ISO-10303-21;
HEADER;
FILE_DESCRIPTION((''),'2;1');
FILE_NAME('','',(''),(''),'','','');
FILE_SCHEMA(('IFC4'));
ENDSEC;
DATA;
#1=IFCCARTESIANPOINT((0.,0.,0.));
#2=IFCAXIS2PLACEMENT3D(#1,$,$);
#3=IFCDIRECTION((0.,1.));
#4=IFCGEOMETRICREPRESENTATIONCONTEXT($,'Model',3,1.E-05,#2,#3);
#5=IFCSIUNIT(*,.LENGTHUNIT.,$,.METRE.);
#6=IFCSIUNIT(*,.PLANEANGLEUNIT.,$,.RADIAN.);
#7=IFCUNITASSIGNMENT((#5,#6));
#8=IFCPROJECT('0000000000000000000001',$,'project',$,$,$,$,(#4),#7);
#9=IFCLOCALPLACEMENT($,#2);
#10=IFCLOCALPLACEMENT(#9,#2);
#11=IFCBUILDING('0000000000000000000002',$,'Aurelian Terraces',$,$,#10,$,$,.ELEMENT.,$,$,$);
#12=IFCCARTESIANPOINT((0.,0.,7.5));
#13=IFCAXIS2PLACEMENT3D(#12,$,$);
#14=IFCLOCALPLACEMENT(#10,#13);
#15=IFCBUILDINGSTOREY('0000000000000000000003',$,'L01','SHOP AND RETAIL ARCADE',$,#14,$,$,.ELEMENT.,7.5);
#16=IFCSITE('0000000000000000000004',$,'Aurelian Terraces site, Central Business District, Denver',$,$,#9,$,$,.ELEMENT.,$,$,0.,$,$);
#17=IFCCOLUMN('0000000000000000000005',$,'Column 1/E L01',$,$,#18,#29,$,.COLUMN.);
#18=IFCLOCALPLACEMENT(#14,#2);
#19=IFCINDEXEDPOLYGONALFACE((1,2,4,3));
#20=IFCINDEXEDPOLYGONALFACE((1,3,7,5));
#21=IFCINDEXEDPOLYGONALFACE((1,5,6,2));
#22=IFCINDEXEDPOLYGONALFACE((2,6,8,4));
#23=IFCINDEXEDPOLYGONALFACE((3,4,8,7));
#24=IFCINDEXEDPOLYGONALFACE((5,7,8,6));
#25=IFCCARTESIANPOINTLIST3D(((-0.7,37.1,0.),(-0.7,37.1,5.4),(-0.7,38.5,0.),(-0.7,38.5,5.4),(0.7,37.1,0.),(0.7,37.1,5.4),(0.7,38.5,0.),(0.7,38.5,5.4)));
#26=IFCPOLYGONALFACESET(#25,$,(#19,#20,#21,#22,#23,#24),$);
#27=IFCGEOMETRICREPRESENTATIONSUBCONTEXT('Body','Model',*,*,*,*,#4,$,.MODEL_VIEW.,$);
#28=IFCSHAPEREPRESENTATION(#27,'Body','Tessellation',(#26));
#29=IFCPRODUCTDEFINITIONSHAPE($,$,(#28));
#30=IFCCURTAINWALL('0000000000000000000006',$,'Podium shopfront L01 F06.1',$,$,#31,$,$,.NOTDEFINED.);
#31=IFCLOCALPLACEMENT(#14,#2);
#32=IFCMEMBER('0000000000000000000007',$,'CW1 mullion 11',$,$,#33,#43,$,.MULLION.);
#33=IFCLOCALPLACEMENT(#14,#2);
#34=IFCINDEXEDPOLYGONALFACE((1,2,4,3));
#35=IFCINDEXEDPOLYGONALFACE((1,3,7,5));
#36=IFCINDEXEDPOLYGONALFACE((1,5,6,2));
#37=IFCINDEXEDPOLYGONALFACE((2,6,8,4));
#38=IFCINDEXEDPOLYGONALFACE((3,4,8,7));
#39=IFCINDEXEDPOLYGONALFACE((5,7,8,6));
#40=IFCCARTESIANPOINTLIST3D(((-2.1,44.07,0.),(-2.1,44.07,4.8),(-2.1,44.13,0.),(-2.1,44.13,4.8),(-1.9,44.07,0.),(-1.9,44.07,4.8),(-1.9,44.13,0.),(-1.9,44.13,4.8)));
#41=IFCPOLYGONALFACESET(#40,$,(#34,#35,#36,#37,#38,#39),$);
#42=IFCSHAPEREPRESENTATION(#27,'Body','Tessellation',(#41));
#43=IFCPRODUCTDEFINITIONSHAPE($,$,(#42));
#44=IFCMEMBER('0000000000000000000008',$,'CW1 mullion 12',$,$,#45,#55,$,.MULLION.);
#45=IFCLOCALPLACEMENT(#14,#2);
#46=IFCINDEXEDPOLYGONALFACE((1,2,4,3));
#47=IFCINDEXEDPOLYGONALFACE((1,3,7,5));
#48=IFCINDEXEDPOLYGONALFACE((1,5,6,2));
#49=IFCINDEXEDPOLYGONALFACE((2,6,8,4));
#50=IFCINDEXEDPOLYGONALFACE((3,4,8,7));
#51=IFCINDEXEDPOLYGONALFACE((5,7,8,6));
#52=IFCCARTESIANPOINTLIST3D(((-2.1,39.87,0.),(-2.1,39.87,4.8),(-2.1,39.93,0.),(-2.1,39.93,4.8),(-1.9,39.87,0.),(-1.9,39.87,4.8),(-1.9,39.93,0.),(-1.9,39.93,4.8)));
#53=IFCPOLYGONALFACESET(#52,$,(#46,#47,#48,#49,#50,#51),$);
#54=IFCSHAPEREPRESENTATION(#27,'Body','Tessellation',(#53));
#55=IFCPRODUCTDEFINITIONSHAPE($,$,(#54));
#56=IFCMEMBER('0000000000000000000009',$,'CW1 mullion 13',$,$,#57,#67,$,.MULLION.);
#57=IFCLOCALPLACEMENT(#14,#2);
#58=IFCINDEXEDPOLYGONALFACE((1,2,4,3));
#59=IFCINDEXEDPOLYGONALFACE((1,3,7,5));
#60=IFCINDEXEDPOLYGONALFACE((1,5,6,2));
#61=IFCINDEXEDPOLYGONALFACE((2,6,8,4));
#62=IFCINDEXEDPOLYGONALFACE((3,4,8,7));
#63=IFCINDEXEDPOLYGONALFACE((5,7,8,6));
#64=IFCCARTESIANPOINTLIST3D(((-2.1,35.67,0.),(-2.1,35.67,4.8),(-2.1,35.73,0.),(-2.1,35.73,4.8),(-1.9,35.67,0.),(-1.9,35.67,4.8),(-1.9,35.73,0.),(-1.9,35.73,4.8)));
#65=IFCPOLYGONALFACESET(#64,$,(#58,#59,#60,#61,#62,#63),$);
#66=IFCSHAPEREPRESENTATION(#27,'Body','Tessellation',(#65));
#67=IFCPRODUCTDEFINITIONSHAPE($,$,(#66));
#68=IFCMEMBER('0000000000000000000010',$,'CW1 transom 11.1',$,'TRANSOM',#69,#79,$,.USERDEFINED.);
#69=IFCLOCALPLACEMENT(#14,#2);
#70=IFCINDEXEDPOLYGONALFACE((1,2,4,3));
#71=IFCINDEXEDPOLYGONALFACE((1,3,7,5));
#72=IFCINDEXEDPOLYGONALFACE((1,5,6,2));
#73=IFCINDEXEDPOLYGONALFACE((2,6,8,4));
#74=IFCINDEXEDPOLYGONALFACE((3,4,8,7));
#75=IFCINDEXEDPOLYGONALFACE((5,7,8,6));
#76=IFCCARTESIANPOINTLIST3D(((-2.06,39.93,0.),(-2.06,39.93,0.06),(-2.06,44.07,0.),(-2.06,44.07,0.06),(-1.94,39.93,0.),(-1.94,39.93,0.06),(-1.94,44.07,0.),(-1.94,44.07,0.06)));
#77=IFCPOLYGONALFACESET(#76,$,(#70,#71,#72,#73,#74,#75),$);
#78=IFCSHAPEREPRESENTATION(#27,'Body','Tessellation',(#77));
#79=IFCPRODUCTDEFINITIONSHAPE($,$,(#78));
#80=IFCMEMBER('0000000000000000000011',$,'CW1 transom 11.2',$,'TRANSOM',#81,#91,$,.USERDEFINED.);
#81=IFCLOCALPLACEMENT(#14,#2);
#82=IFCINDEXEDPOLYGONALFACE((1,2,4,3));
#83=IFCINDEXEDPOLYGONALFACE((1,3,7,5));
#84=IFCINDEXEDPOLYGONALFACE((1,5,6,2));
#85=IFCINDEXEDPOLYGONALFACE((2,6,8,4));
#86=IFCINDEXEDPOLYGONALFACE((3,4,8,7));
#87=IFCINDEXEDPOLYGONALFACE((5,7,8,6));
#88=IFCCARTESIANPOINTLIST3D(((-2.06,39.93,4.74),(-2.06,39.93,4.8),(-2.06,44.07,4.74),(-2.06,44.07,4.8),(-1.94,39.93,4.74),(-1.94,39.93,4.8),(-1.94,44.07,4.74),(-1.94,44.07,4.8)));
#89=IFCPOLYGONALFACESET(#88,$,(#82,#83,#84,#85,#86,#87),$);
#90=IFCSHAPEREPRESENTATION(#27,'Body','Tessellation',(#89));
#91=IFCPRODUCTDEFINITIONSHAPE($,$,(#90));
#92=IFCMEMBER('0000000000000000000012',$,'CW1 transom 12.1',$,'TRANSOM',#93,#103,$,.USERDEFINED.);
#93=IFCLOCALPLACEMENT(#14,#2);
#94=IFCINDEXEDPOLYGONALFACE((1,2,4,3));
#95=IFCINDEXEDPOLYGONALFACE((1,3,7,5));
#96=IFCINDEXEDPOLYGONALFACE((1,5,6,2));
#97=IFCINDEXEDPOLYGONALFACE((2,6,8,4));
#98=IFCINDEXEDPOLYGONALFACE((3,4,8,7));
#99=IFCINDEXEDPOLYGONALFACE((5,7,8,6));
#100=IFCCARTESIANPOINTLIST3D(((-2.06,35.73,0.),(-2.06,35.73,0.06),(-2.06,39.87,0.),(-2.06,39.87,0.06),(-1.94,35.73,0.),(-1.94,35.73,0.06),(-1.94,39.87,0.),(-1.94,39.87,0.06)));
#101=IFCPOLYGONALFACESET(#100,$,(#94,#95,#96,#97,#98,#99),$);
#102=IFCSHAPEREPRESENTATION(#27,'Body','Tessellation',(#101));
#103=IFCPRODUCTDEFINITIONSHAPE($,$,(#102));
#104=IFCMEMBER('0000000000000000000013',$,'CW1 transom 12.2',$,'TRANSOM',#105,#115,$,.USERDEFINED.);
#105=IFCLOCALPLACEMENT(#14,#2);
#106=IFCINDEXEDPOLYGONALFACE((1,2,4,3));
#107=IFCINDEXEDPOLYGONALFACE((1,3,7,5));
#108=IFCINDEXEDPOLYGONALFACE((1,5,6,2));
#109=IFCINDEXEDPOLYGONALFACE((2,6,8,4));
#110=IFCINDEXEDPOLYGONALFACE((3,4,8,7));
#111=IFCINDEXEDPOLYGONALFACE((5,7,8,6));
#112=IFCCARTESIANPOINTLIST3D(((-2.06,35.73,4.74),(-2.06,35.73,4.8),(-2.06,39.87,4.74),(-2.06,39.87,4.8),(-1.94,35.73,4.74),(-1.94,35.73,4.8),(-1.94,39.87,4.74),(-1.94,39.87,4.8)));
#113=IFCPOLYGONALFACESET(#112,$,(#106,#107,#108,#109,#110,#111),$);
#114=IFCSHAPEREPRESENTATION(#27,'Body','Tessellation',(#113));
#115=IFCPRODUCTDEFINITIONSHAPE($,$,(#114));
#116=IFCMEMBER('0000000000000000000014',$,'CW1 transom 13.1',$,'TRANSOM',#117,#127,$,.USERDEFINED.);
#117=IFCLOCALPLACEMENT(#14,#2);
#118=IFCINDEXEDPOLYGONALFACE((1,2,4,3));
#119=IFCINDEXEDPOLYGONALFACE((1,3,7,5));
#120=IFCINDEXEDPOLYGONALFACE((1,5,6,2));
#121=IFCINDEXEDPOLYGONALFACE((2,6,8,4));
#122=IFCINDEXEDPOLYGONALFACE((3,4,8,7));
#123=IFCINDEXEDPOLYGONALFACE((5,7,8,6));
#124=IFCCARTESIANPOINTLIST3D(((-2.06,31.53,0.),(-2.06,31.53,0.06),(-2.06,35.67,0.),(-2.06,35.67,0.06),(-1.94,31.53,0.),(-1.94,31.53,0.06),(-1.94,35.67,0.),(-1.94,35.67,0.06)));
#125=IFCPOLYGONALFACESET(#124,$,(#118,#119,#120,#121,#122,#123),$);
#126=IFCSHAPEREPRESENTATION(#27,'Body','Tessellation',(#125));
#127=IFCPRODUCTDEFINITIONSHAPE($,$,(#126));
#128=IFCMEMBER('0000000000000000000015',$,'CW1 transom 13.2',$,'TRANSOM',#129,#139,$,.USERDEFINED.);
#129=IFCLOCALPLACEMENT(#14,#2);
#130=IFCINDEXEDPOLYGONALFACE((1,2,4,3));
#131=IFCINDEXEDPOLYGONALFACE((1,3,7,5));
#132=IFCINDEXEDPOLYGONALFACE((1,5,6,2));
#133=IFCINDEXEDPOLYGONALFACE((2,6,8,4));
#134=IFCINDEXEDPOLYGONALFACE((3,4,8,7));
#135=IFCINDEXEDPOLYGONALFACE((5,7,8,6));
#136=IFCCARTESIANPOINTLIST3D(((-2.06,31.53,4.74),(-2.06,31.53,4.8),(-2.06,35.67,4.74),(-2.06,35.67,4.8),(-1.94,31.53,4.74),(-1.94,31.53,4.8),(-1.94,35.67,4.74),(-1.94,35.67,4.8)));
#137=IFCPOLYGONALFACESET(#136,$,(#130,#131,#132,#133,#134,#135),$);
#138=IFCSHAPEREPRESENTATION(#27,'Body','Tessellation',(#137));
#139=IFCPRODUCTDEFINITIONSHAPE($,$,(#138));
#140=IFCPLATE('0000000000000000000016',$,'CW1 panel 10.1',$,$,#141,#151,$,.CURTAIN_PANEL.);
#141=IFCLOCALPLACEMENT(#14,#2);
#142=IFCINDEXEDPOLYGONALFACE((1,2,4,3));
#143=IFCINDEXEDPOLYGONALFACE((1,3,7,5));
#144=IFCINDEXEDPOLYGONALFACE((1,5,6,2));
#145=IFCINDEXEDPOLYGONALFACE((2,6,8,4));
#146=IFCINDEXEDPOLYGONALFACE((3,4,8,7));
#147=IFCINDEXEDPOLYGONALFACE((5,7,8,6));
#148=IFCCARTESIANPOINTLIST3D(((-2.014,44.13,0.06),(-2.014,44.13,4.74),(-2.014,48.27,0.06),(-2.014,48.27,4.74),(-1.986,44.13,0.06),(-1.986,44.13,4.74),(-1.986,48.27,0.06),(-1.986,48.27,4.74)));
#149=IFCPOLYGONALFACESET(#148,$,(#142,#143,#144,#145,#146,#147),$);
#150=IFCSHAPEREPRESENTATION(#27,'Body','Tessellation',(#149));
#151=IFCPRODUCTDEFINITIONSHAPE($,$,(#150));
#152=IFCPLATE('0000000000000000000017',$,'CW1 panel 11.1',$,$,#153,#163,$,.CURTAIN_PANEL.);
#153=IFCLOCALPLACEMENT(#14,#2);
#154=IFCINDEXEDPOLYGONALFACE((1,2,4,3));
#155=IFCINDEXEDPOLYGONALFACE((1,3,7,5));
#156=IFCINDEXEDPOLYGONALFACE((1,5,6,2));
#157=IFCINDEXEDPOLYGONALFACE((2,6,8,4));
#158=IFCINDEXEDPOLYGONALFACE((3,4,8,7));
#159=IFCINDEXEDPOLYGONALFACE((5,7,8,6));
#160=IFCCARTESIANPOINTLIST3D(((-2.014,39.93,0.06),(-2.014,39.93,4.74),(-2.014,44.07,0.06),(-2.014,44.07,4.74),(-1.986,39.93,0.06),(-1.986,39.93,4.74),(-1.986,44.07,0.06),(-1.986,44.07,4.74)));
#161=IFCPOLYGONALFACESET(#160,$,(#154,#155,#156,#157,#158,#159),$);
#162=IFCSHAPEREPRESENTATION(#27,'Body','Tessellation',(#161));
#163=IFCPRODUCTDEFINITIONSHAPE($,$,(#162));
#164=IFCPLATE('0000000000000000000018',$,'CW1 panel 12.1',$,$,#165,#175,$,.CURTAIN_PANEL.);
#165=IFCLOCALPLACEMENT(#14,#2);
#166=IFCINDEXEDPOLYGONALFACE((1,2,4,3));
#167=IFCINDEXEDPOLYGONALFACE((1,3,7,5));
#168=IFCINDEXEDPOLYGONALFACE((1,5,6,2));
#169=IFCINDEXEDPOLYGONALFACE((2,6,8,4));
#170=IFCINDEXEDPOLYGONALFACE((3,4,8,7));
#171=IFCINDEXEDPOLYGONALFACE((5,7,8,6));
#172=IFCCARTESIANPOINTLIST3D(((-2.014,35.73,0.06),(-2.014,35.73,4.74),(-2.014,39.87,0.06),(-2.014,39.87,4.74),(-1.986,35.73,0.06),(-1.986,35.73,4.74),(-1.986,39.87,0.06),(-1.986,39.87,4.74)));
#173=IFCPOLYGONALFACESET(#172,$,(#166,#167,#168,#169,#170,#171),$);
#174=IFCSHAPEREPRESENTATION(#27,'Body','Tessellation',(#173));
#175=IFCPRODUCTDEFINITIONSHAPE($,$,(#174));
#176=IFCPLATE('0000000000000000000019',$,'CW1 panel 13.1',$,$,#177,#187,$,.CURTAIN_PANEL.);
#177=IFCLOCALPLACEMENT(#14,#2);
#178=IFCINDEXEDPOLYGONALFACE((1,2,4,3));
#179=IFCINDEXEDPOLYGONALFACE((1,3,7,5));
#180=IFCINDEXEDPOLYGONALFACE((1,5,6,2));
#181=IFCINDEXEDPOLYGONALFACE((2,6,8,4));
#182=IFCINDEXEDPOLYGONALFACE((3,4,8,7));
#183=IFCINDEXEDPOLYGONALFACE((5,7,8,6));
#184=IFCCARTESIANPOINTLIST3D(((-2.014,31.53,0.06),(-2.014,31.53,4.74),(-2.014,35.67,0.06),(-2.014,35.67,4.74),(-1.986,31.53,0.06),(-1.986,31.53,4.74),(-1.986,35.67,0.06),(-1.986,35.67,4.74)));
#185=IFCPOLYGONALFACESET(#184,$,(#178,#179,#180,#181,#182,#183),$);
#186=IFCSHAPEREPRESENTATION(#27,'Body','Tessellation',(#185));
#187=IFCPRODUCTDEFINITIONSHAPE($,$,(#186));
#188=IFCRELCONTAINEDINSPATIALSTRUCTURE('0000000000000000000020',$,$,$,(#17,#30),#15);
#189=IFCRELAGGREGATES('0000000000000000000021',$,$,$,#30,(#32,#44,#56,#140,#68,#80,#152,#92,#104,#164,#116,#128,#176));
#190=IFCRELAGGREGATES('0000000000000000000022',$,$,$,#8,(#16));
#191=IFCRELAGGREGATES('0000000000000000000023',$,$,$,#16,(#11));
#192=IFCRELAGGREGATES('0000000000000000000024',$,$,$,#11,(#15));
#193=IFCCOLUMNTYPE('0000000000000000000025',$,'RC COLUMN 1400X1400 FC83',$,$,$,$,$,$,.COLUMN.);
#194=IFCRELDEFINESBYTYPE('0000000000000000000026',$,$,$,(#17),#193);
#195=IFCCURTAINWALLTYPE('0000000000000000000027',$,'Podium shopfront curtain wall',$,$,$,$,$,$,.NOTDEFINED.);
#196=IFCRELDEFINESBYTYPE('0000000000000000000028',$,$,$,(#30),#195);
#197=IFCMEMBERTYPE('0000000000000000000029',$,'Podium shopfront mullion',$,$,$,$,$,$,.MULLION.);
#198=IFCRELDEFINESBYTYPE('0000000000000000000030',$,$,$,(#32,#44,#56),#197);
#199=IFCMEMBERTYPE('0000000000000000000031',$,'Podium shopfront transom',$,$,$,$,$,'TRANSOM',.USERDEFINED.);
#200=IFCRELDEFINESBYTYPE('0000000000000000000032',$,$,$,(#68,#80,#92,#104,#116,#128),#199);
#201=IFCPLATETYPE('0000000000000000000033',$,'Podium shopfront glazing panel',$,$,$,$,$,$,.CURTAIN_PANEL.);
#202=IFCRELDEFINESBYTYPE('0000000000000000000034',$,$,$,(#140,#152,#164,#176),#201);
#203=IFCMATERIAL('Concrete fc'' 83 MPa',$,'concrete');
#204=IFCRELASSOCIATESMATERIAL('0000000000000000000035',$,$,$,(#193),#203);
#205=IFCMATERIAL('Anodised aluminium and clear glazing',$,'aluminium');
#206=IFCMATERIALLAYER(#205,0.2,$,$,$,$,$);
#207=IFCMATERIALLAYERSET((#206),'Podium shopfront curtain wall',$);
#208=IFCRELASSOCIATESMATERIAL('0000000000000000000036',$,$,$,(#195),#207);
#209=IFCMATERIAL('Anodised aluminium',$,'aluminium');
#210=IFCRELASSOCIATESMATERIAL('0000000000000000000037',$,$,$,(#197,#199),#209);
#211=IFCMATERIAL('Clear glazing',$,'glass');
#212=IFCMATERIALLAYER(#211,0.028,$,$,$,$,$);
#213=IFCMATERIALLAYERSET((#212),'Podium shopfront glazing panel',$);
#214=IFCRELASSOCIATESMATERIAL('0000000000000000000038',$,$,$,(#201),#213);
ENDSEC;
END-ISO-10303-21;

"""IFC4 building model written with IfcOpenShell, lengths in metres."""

from ifc_helpers import new_model, si_unit, direction, frame, origin, origin_2d, place, context, subcontext, project, spatial, rectangle, extrude, source, transform, mapped, material, layer, layer_set, material_profile, profile_set, type_object, element, aggregate, save


model = new_model("IFC4")

# Units and contexts
model_context = context("Model", 3, precision=1e-05, world=origin(), true_north=direction((0.0, 1.0)))
body_context = subcontext(model_context, "Body", "Model", "MODEL_VIEW")
ifc_project = project(units=[si_unit("LENGTHUNIT", "METRE"), si_unit("PLANEANGLEUNIT", "RADIAN")], contexts=[model_context])

# Site, building, storey
site_placement = place(None, origin())
site = spatial("IfcSite", under=ifc_project, at=site_placement, Name="Aurelian Terraces site, Central Business District, Denver", CompositionType="ELEMENT", RefElevation=0.0)
building_placement = place(site_placement, origin())
building = spatial("IfcBuilding", under=site, at=building_placement, Name="Aurelian Terraces", CompositionType="ELEMENT")
storey_placement = place(building_placement, frame((0.0, 0.0, 7.5)))
storey = spatial("IfcBuildingStorey", under=building, at=storey_placement, Name="L01", Description="SHOP AND RETAIL ARCADE", CompositionType="ELEMENT", Elevation=7.5)

# Column
ifc_material_1 = material(Name="Concrete fc' 83 MPa", Category="concrete")
ifc_material_profile_1 = material_profile(ifc_material_1, rectangle(XDim=1.4, YDim=1.4, at=origin_2d()))
ifc_profile_set_1 = profile_set([ifc_material_profile_1], Name="Concrete fc' 83 MPa")
column_type = type_object("IfcColumnType", Name="RC COLUMN 1400X1400 FC83", PredefinedType="COLUMN", material=ifc_profile_set_1)
shared_shape_1 = source(origin(), body_context, "Body", "SweptSolid", [
    extrude(rectangle(XDim=1.4, YDim=1.4, at=origin_2d()), origin(), (0.0, 0.0, 1.0), 5.4),
])
column_placement = place(storey_placement, frame((0.0, 37.8, 0.0), z_axis=(0.0, 0.0, 1.0), x_axis=(1.0, 0.0, 0.0)))
element("IfcColumn", 1, at=column_placement, inside=storey, type_object=column_type, Name="Column 1/E L01", PredefinedType="COLUMN", context=body_context, shape_type="MappedRepresentation", body=[
    mapped(shared_shape_1, transform((0.0, 0.0, 0.0), scale=1.0)),
])

# Curtain wall, members, plates
ifc_material_2 = material(Name="Anodised aluminium and clear glazing", Category="aluminium")
ifc_layer_1 = layer(ifc_material_2, 0.2)
ifc_layer_set_1 = layer_set([ifc_layer_1], Name="Podium shopfront curtain wall")
curtain_wall_type = type_object("IfcCurtainWallType", Name="Podium shopfront curtain wall", PredefinedType="NOTDEFINED", material=ifc_layer_set_1)
curtain_wall_placement = place(storey_placement, origin())
curtain_wall = element("IfcCurtainWall", 2, at=curtain_wall_placement, inside=storey, type_object=curtain_wall_type, Name="Podium shopfront L01 F06.1", PredefinedType="NOTDEFINED")
ifc_material_3 = material(Name="Anodised aluminium", Category="aluminium")
ifc_material_profile_2 = material_profile(ifc_material_3, rectangle(XDim=0.2, YDim=0.06, at=origin_2d()))
ifc_profile_set_2 = profile_set([ifc_material_profile_2], Name="Anodised aluminium")
member_type_1 = type_object("IfcMemberType", Name="Podium shopfront mullion", PredefinedType="MULLION", material=ifc_profile_set_2)
shared_shape_2 = source(origin(), body_context, "Body", "SweptSolid", [
    extrude(rectangle(XDim=0.2, YDim=0.06, at=origin_2d()), origin(), (0.0, 0.0, 1.0), 4.8),
])
member_1_placement = place(storey_placement, frame((-2.0, 44.1, 0.0), z_axis=(0.0, 0.0, 1.0), x_axis=(1.0, 0.0, 0.0)))
member_1 = element("IfcMember", 3, at=member_1_placement, type_object=member_type_1, Name="CW1 mullion 11", PredefinedType="MULLION", context=body_context, shape_type="MappedRepresentation", body=[
    mapped(shared_shape_2, transform((0.0, 0.0, 0.0), scale=1.0)),
])
member_2_placement = place(storey_placement, frame((-2.0, 39.9, 0.0), z_axis=(0.0, 0.0, 1.0), x_axis=(1.0, 0.0, 0.0)))
member_2 = element("IfcMember", 4, at=member_2_placement, type_object=member_type_1, Name="CW1 mullion 12", PredefinedType="MULLION", context=body_context, shape_type="MappedRepresentation", body=[
    mapped(shared_shape_2, transform((0.0, 0.0, 0.0), scale=1.0)),
])
member_3_placement = place(storey_placement, frame((-2.0, 35.7, 0.0), z_axis=(0.0, 0.0, 1.0), x_axis=(1.0, 0.0, 0.0)))
member_3 = element("IfcMember", 5, at=member_3_placement, type_object=member_type_1, Name="CW1 mullion 13", PredefinedType="MULLION", context=body_context, shape_type="MappedRepresentation", body=[
    mapped(shared_shape_2, transform((0.0, 0.0, 0.0), scale=1.0)),
])
ifc_material_profile_3 = material_profile(ifc_material_3, rectangle(XDim=0.12, YDim=0.06, at=origin_2d()))
ifc_profile_set_3 = profile_set([ifc_material_profile_3], Name="Anodised aluminium")
member_type_2 = type_object("IfcMemberType", Name="Podium shopfront transom", ElementType="TRANSOM", PredefinedType="USERDEFINED", material=ifc_profile_set_3)
shared_shape_3 = source(origin(), body_context, "Body", "SweptSolid", [
    extrude(rectangle(XDim=0.12, YDim=0.06, at=origin_2d()), origin(), (0.0, 0.0, 1.0), 4.14),
])
member_4_placement = place(storey_placement, frame((-2.0, 44.07, 0.03), z_axis=(0.0, -1.0, 0.0), x_axis=(1.0, 0.0, 0.0)))
member_4 = element("IfcMember", 6, at=member_4_placement, type_object=member_type_2, Name="CW1 transom 11.1", ObjectType="TRANSOM", PredefinedType="USERDEFINED", context=body_context, shape_type="MappedRepresentation", body=[
    mapped(shared_shape_3, transform((0.0, 0.0, 0.0), scale=1.0)),
])
member_5_placement = place(storey_placement, frame((-2.0, 44.07, 4.77), z_axis=(0.0, -1.0, 0.0), x_axis=(1.0, 0.0, 0.0)))
member_5 = element("IfcMember", 7, at=member_5_placement, type_object=member_type_2, Name="CW1 transom 11.2", ObjectType="TRANSOM", PredefinedType="USERDEFINED", context=body_context, shape_type="MappedRepresentation", body=[
    mapped(shared_shape_3, transform((0.0, 0.0, 0.0), scale=1.0)),
])
member_6_placement = place(storey_placement, frame((-2.0, 39.87, 0.03), z_axis=(0.0, -1.0, 0.0), x_axis=(1.0, 0.0, 0.0)))
member_6 = element("IfcMember", 8, at=member_6_placement, type_object=member_type_2, Name="CW1 transom 12.1", ObjectType="TRANSOM", PredefinedType="USERDEFINED", context=body_context, shape_type="MappedRepresentation", body=[
    mapped(shared_shape_3, transform((0.0, 0.0, 0.0), scale=1.0)),
])
member_7_placement = place(storey_placement, frame((-2.0, 39.87, 4.77), z_axis=(0.0, -1.0, 0.0), x_axis=(1.0, 0.0, 0.0)))
member_7 = element("IfcMember", 9, at=member_7_placement, type_object=member_type_2, Name="CW1 transom 12.2", ObjectType="TRANSOM", PredefinedType="USERDEFINED", context=body_context, shape_type="MappedRepresentation", body=[
    mapped(shared_shape_3, transform((0.0, 0.0, 0.0), scale=1.0)),
])
member_8_placement = place(storey_placement, frame((-2.0, 35.67, 0.03), z_axis=(0.0, -1.0, 0.0), x_axis=(1.0, 0.0, 0.0)))
member_8 = element("IfcMember", 10, at=member_8_placement, type_object=member_type_2, Name="CW1 transom 13.1", ObjectType="TRANSOM", PredefinedType="USERDEFINED", context=body_context, shape_type="MappedRepresentation", body=[
    mapped(shared_shape_3, transform((0.0, 0.0, 0.0), scale=1.0)),
])
member_9_placement = place(storey_placement, frame((-2.0, 35.67, 4.77), z_axis=(0.0, -1.0, 0.0), x_axis=(1.0, 0.0, 0.0)))
member_9 = element("IfcMember", 11, at=member_9_placement, type_object=member_type_2, Name="CW1 transom 13.2", ObjectType="TRANSOM", PredefinedType="USERDEFINED", context=body_context, shape_type="MappedRepresentation", body=[
    mapped(shared_shape_3, transform((0.0, 0.0, 0.0), scale=1.0)),
])
ifc_material_4 = material(Name="Clear glazing", Category="glass")
ifc_layer_2 = layer(ifc_material_4, 0.028)
ifc_layer_set_2 = layer_set([ifc_layer_2], Name="Podium shopfront glazing panel")
plate_type = type_object("IfcPlateType", Name="Podium shopfront glazing panel", PredefinedType="CURTAIN_PANEL", material=ifc_layer_set_2)
shared_shape_4 = source(origin(), body_context, "Body", "SweptSolid", [
    extrude(rectangle(XDim=4.14, YDim=0.028, at=origin_2d()), origin(), (0.0, 0.0, 1.0), 4.68),
])
plate_1_placement = place(storey_placement, frame((-2.0, 46.2, 0.06), z_axis=(0.0, 0.0, 1.0), x_axis=(0.0, -1.0, 0.0)))
plate_1 = element("IfcPlate", 12, at=plate_1_placement, type_object=plate_type, Name="CW1 panel 10.1", PredefinedType="CURTAIN_PANEL", context=body_context, shape_type="MappedRepresentation", body=[
    mapped(shared_shape_4, transform((0.0, 0.0, 0.0), scale=1.0)),
])
plate_2_placement = place(storey_placement, frame((-2.0, 42.0, 0.06), z_axis=(0.0, 0.0, 1.0), x_axis=(0.0, -1.0, 0.0)))
plate_2 = element("IfcPlate", 13, at=plate_2_placement, type_object=plate_type, Name="CW1 panel 11.1", PredefinedType="CURTAIN_PANEL", context=body_context, shape_type="MappedRepresentation", body=[
    mapped(shared_shape_4, transform((0.0, 0.0, 0.0), scale=1.0)),
])
plate_3_placement = place(storey_placement, frame((-2.0, 37.8, 0.06), z_axis=(0.0, 0.0, 1.0), x_axis=(0.0, -1.0, 0.0)))
plate_3 = element("IfcPlate", 14, at=plate_3_placement, type_object=plate_type, Name="CW1 panel 12.1", PredefinedType="CURTAIN_PANEL", context=body_context, shape_type="MappedRepresentation", body=[
    mapped(shared_shape_4, transform((0.0, 0.0, 0.0), scale=1.0)),
])
plate_4_placement = place(storey_placement, frame((-2.0, 33.6, 0.06), z_axis=(0.0, 0.0, 1.0), x_axis=(0.0, -1.0, 0.0)))
plate_4 = element("IfcPlate", 15, at=plate_4_placement, type_object=plate_type, Name="CW1 panel 13.1", PredefinedType="CURTAIN_PANEL", context=body_context, shape_type="MappedRepresentation", body=[
    mapped(shared_shape_4, transform((0.0, 0.0, 0.0), scale=1.0)),
])
aggregate(curtain_wall, [member_1, member_2, member_3, plate_1, member_4, member_5, plate_2, member_6, member_7, plate_3, member_8, member_9, plate_4])

save(model, "model.ifc")
